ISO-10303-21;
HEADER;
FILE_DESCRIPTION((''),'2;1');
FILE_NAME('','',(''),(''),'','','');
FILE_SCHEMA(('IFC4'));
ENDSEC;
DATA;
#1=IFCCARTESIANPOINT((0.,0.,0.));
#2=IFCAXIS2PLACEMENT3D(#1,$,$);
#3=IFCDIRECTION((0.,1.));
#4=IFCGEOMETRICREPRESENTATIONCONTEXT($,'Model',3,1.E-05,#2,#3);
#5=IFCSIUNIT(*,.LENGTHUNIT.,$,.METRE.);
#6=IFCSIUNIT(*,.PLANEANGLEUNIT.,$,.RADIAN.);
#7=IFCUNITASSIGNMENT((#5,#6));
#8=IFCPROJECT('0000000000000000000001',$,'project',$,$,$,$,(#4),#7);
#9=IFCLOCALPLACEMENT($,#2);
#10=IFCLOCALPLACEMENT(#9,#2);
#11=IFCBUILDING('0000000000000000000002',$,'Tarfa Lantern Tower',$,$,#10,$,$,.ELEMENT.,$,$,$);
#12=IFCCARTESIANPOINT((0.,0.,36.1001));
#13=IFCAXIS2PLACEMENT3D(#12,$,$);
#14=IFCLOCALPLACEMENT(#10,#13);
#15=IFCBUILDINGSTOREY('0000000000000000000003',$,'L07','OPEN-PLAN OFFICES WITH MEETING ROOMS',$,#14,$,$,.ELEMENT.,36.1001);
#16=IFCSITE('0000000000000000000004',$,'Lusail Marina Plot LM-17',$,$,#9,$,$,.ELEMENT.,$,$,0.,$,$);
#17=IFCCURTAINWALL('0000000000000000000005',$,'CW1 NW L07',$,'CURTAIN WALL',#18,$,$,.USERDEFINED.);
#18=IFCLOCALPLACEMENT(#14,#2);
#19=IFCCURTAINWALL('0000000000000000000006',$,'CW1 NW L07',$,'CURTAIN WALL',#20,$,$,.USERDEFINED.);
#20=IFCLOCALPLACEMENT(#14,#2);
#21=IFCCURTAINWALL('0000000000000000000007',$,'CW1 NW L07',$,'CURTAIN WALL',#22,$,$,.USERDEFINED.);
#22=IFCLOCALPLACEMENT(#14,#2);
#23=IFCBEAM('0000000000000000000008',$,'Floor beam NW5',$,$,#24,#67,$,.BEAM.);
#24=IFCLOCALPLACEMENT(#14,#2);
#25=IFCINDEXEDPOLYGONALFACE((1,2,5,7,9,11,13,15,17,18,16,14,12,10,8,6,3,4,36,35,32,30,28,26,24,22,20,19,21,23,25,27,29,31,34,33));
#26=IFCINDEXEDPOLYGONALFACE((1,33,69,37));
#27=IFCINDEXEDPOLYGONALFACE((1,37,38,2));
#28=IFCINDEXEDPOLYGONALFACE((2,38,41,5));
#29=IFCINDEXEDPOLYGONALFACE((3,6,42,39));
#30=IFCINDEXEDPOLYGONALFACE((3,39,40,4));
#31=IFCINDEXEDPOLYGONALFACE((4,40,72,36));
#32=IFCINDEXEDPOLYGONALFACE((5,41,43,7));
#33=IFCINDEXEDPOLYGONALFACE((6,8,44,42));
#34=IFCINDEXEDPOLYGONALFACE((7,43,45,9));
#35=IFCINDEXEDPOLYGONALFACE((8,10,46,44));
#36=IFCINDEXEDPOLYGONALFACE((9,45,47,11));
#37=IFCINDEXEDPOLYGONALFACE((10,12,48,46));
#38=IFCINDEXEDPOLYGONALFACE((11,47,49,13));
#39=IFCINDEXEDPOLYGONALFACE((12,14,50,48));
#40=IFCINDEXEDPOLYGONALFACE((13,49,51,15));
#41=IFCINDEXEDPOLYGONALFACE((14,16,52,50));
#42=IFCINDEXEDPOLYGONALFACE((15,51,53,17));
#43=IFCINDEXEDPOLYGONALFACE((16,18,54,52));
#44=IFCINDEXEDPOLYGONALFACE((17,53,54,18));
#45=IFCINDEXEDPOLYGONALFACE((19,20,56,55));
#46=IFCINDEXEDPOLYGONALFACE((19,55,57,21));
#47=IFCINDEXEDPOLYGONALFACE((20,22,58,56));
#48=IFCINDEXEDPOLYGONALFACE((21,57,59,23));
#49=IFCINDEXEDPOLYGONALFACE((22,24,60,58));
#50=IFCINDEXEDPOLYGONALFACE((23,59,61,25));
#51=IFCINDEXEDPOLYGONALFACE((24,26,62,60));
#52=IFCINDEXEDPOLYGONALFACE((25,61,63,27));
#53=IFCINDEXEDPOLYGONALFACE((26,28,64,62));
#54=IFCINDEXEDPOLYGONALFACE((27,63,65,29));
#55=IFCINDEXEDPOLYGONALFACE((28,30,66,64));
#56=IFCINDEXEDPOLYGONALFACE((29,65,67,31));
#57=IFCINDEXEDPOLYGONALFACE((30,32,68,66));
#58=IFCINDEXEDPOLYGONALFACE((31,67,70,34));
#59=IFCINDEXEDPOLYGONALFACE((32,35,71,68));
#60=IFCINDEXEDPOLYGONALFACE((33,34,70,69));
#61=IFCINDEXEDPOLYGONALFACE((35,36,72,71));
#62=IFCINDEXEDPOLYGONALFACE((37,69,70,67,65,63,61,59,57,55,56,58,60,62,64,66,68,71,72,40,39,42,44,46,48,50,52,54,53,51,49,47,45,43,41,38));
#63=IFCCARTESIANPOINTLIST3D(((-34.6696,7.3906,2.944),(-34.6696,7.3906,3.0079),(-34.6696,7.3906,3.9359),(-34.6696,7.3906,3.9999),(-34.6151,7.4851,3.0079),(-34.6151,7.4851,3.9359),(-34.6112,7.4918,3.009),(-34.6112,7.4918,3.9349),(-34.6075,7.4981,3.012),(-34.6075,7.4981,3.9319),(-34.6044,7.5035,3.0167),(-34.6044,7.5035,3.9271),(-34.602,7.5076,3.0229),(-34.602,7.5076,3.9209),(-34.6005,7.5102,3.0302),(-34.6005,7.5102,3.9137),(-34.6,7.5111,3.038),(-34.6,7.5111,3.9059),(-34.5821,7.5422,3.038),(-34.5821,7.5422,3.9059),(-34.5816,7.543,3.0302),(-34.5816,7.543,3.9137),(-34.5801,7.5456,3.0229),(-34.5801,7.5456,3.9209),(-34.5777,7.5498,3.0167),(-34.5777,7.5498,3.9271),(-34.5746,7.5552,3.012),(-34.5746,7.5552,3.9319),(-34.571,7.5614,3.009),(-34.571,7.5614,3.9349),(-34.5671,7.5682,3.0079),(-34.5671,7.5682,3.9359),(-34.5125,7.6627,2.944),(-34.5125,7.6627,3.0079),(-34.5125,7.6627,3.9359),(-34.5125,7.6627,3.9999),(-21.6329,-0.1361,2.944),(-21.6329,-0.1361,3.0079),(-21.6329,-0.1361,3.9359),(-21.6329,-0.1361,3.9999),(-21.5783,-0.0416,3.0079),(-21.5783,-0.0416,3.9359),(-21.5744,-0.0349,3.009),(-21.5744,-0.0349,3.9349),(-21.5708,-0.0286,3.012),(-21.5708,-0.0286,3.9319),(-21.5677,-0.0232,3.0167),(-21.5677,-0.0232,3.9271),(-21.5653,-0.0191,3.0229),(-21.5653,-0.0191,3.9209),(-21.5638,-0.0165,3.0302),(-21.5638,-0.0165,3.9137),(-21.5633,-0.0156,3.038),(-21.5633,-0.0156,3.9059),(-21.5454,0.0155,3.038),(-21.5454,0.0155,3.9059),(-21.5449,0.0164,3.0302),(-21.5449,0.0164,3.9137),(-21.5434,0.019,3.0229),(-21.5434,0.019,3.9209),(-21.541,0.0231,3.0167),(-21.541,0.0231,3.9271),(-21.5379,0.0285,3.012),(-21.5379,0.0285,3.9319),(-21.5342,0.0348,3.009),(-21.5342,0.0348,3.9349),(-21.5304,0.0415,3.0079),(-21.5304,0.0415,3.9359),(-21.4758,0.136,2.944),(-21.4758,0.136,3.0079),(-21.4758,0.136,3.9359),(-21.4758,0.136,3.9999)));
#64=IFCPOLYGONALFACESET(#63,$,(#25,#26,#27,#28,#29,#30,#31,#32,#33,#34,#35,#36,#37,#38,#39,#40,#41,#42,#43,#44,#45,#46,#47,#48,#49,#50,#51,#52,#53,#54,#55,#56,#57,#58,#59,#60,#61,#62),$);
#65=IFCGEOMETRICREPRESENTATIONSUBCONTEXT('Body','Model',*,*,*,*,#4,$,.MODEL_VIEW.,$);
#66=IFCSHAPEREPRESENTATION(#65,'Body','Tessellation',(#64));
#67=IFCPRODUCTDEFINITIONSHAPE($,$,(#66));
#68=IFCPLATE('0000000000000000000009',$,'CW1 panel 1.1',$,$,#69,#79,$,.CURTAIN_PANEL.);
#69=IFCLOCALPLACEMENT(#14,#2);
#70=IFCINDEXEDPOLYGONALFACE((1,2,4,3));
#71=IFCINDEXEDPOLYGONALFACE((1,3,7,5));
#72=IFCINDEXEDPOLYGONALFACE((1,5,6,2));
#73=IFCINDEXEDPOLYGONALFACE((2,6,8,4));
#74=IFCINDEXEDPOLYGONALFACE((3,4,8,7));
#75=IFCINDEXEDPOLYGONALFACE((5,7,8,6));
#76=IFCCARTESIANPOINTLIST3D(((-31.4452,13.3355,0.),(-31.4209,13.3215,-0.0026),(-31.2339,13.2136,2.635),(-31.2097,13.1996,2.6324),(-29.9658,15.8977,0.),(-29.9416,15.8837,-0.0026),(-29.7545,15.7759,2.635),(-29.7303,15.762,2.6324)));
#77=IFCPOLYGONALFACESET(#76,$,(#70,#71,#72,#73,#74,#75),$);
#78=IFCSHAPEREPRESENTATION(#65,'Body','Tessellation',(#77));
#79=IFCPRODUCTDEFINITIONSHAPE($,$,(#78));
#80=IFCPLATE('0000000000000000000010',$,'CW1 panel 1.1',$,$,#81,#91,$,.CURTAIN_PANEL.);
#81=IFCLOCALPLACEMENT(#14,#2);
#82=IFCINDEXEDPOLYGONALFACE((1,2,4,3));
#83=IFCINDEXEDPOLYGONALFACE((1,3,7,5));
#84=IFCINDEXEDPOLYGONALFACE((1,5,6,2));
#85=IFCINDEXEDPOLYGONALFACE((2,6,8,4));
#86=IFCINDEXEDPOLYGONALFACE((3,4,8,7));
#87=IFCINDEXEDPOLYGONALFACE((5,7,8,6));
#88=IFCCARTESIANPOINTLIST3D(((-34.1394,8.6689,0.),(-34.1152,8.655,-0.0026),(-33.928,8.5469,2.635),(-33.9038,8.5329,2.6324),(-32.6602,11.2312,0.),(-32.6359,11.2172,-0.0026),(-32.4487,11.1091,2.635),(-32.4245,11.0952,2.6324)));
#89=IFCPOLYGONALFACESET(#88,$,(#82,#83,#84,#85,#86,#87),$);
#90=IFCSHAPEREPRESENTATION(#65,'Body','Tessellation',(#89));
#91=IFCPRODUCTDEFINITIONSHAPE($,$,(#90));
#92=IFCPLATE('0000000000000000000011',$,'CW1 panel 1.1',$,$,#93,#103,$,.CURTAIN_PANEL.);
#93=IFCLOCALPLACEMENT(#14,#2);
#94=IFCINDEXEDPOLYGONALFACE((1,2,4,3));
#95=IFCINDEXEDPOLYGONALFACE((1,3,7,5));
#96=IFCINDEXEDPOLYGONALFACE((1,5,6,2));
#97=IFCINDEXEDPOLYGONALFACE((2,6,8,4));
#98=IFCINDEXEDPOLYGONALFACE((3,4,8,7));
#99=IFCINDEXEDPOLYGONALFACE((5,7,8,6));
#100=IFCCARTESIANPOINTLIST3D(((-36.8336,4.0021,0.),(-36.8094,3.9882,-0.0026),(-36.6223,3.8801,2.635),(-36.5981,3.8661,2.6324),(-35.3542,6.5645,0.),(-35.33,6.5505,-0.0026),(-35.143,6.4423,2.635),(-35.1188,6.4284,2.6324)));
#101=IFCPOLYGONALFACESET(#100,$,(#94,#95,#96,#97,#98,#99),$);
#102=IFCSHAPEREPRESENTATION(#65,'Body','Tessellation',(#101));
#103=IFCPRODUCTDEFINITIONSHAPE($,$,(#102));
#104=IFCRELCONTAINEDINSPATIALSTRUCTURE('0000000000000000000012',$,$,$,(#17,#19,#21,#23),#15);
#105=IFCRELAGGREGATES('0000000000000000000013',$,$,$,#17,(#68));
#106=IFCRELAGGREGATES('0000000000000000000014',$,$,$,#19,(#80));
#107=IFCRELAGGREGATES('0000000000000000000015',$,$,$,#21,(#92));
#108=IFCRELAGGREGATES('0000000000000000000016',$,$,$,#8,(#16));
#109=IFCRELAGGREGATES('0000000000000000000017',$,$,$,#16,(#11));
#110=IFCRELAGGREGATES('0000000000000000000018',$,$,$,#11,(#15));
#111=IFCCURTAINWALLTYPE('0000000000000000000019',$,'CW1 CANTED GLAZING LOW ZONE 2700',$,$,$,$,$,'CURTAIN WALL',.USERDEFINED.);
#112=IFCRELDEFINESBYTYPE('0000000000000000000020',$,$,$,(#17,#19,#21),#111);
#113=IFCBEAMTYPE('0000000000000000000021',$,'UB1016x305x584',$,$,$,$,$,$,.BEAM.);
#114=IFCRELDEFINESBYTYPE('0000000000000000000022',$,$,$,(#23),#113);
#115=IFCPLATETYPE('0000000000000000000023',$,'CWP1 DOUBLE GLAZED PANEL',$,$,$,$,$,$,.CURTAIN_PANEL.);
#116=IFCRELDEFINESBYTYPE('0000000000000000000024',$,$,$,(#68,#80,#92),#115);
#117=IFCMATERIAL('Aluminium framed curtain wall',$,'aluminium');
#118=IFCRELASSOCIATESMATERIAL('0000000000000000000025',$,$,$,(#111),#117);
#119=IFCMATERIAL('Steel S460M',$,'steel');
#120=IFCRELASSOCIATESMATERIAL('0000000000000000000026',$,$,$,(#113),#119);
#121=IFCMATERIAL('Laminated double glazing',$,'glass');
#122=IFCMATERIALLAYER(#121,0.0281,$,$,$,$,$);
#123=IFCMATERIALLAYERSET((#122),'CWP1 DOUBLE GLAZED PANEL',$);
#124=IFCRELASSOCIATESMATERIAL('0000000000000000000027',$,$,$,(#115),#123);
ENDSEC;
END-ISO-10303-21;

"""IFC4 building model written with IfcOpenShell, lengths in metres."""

from ifc_helpers import new_model, si_unit, direction, frame, origin, origin_2d, place, context, subcontext, project, spatial, polyline, i_section, outline, extrude, material, layer, layer_set, material_profile, profile_set, type_object, element, aggregate, save


model = new_model("IFC4")

# Units and contexts
model_context = context("Model", 3, precision=1e-05, world=origin(), true_north=direction((0.0, 1.0)))
body_context = subcontext(model_context, "Body", "Model", "MODEL_VIEW")
ifc_project = project(units=[si_unit("LENGTHUNIT", "METRE"), si_unit("PLANEANGLEUNIT", "RADIAN")], contexts=[model_context])

# Site, building, storey
site_placement = place(None, origin())
site = spatial("IfcSite", under=ifc_project, at=site_placement, Name="Lusail Marina Plot LM-17", CompositionType="ELEMENT", RefElevation=0.0)
building_placement = place(site_placement, origin())
building = spatial("IfcBuilding", under=site, at=building_placement, Name="Tarfa Lantern Tower", CompositionType="ELEMENT")
storey_placement = place(building_placement, frame((0.0, 0.0, 36.1001)))
storey = spatial("IfcBuildingStorey", under=building, at=storey_placement, Name="L07", Description="OPEN-PLAN OFFICES WITH MEETING ROOMS", CompositionType="ELEMENT", Elevation=36.1001)

# Curtain walls
ifc_material_1 = material(Name="Aluminium framed curtain wall", Category="aluminium")
curtain_wall_type = type_object("IfcCurtainWallType", Name="CW1 CANTED GLAZING LOW ZONE 2700", ElementType="CURTAIN WALL", PredefinedType="USERDEFINED", material=ifc_material_1)
curtain_wall_1_placement = place(storey_placement, origin())
curtain_wall_1 = element("IfcCurtainWall", 1, at=curtain_wall_1_placement, inside=storey, type_object=curtain_wall_type, Name="CW1 NW L07", ObjectType="CURTAIN WALL", PredefinedType="USERDEFINED")
curtain_wall_2_placement = place(storey_placement, origin())
curtain_wall_2 = element("IfcCurtainWall", 2, at=curtain_wall_2_placement, inside=storey, type_object=curtain_wall_type, Name="CW1 NW L07", ObjectType="CURTAIN WALL", PredefinedType="USERDEFINED")
curtain_wall_3_placement = place(storey_placement, origin())
curtain_wall_3 = element("IfcCurtainWall", 3, at=curtain_wall_3_placement, inside=storey, type_object=curtain_wall_type, Name="CW1 NW L07", ObjectType="CURTAIN WALL", PredefinedType="USERDEFINED")

# Beam
ifc_material_2 = material(Name="Steel S460M", Category="steel")
ifc_material_profile_1 = material_profile(ifc_material_2, i_section(OverallWidth=0.3142, OverallDepth=1.0559, WebThickness=0.0359, FlangeThickness=0.064, FilletRadius=0.03, at=origin_2d()), Name="UB1016x305x584")
ifc_profile_set_1 = profile_set([ifc_material_profile_1], Name="Steel S460M")
beam_type_1 = type_object("IfcBeamType", Name="UB1016x305x584", PredefinedType="BEAM", material=ifc_profile_set_1)
beam_1_placement = place(storey_placement, frame((-34.5911, 7.5266, 3.4719), z_axis=(0.866028, -0.499996, 0.0), x_axis=(0.499996, 0.866028, 0.0)))
element("IfcBeam", 4, at=beam_1_placement, inside=storey, type_object=beam_type_1, Name="Floor beam NW5", PredefinedType="BEAM", context=body_context, shape_type="SweptSolid", body=[
    extrude(i_section(OverallWidth=0.3142, OverallDepth=1.0559, WebThickness=0.0359, FlangeThickness=0.064, FilletRadius=0.03, at=origin_2d()), origin(), (0.0, 0.0, 1.0), 15.0535),
])

# Plates
ifc_material_3 = material(Name="Laminated double glazing", Category="glass")
ifc_layer = layer(ifc_material_3, 0.0281)
ifc_layer_set = layer_set([ifc_layer], Name="CWP1 DOUBLE GLAZED PANEL")
plate_type = type_object("IfcPlateType", Name="CWP1 DOUBLE GLAZED PANEL", PredefinedType="CURTAIN_PANEL", material=ifc_layer_set)
plate_1_placement = place(storey_placement, frame((-29.9658, 15.8977, 0.0), z_axis=(-0.862332, 0.497885, 0.09217), x_axis=(-0.500013, -0.866018, 0.000003)))
plate_1 = element("IfcPlate", 5, at=plate_1_placement, type_object=plate_type, Name="CW1 panel 1.1", PredefinedType="CURTAIN_PANEL", context=body_context, shape_type="SweptSolid", body=[
    extrude(outline(polyline([(0.0, 0.0), (2.9586, 0.0), (2.9585, 2.6463), (-0.0002, 2.6463), (0.0, 0.0)])), origin(), (0.0, 0.0, -1.0), 0.0281),
])
aggregate(curtain_wall_1, [plate_1])
plate_2_placement = place(storey_placement, frame((-32.6602, 11.2312, 0.0), z_axis=(-0.862342, 0.49785, 0.092255), x_axis=(-0.499982, -0.866036, 0.0)))
plate_2 = element("IfcPlate", 6, at=plate_2_placement, type_object=plate_type, Name="CW1 panel 1.1", PredefinedType="CURTAIN_PANEL", context=body_context, shape_type="SweptSolid", body=[
    extrude(outline(polyline([(0.0, 0.0), (2.9586, 0.0), (2.9586, 2.6463), (0.0, 2.6463), (0.0, 0.0)])), origin(), (0.0, 0.0, -1.0), 0.0281),
])
aggregate(curtain_wall_2, [plate_2])
plate_3_placement = place(storey_placement, frame((-35.3542, 6.5645, 0.0), z_axis=(-0.862328, 0.497882, 0.092216), x_axis=(-0.500013, -0.866018, -0.000003)))
plate_3 = element("IfcPlate", 7, at=plate_3_placement, type_object=plate_type, Name="CW1 panel 1.1", PredefinedType="CURTAIN_PANEL", context=body_context, shape_type="SweptSolid", body=[
    extrude(outline(polyline([(0.0, 0.0), (2.9587, 0.0), (2.9587, 2.6463), (0.0001, 2.6463), (0.0, 0.0)])), origin(), (0.0, 0.0, -1.0), 0.0281),
])
aggregate(curtain_wall_3, [plate_3])

save(model, "model.ifc")
